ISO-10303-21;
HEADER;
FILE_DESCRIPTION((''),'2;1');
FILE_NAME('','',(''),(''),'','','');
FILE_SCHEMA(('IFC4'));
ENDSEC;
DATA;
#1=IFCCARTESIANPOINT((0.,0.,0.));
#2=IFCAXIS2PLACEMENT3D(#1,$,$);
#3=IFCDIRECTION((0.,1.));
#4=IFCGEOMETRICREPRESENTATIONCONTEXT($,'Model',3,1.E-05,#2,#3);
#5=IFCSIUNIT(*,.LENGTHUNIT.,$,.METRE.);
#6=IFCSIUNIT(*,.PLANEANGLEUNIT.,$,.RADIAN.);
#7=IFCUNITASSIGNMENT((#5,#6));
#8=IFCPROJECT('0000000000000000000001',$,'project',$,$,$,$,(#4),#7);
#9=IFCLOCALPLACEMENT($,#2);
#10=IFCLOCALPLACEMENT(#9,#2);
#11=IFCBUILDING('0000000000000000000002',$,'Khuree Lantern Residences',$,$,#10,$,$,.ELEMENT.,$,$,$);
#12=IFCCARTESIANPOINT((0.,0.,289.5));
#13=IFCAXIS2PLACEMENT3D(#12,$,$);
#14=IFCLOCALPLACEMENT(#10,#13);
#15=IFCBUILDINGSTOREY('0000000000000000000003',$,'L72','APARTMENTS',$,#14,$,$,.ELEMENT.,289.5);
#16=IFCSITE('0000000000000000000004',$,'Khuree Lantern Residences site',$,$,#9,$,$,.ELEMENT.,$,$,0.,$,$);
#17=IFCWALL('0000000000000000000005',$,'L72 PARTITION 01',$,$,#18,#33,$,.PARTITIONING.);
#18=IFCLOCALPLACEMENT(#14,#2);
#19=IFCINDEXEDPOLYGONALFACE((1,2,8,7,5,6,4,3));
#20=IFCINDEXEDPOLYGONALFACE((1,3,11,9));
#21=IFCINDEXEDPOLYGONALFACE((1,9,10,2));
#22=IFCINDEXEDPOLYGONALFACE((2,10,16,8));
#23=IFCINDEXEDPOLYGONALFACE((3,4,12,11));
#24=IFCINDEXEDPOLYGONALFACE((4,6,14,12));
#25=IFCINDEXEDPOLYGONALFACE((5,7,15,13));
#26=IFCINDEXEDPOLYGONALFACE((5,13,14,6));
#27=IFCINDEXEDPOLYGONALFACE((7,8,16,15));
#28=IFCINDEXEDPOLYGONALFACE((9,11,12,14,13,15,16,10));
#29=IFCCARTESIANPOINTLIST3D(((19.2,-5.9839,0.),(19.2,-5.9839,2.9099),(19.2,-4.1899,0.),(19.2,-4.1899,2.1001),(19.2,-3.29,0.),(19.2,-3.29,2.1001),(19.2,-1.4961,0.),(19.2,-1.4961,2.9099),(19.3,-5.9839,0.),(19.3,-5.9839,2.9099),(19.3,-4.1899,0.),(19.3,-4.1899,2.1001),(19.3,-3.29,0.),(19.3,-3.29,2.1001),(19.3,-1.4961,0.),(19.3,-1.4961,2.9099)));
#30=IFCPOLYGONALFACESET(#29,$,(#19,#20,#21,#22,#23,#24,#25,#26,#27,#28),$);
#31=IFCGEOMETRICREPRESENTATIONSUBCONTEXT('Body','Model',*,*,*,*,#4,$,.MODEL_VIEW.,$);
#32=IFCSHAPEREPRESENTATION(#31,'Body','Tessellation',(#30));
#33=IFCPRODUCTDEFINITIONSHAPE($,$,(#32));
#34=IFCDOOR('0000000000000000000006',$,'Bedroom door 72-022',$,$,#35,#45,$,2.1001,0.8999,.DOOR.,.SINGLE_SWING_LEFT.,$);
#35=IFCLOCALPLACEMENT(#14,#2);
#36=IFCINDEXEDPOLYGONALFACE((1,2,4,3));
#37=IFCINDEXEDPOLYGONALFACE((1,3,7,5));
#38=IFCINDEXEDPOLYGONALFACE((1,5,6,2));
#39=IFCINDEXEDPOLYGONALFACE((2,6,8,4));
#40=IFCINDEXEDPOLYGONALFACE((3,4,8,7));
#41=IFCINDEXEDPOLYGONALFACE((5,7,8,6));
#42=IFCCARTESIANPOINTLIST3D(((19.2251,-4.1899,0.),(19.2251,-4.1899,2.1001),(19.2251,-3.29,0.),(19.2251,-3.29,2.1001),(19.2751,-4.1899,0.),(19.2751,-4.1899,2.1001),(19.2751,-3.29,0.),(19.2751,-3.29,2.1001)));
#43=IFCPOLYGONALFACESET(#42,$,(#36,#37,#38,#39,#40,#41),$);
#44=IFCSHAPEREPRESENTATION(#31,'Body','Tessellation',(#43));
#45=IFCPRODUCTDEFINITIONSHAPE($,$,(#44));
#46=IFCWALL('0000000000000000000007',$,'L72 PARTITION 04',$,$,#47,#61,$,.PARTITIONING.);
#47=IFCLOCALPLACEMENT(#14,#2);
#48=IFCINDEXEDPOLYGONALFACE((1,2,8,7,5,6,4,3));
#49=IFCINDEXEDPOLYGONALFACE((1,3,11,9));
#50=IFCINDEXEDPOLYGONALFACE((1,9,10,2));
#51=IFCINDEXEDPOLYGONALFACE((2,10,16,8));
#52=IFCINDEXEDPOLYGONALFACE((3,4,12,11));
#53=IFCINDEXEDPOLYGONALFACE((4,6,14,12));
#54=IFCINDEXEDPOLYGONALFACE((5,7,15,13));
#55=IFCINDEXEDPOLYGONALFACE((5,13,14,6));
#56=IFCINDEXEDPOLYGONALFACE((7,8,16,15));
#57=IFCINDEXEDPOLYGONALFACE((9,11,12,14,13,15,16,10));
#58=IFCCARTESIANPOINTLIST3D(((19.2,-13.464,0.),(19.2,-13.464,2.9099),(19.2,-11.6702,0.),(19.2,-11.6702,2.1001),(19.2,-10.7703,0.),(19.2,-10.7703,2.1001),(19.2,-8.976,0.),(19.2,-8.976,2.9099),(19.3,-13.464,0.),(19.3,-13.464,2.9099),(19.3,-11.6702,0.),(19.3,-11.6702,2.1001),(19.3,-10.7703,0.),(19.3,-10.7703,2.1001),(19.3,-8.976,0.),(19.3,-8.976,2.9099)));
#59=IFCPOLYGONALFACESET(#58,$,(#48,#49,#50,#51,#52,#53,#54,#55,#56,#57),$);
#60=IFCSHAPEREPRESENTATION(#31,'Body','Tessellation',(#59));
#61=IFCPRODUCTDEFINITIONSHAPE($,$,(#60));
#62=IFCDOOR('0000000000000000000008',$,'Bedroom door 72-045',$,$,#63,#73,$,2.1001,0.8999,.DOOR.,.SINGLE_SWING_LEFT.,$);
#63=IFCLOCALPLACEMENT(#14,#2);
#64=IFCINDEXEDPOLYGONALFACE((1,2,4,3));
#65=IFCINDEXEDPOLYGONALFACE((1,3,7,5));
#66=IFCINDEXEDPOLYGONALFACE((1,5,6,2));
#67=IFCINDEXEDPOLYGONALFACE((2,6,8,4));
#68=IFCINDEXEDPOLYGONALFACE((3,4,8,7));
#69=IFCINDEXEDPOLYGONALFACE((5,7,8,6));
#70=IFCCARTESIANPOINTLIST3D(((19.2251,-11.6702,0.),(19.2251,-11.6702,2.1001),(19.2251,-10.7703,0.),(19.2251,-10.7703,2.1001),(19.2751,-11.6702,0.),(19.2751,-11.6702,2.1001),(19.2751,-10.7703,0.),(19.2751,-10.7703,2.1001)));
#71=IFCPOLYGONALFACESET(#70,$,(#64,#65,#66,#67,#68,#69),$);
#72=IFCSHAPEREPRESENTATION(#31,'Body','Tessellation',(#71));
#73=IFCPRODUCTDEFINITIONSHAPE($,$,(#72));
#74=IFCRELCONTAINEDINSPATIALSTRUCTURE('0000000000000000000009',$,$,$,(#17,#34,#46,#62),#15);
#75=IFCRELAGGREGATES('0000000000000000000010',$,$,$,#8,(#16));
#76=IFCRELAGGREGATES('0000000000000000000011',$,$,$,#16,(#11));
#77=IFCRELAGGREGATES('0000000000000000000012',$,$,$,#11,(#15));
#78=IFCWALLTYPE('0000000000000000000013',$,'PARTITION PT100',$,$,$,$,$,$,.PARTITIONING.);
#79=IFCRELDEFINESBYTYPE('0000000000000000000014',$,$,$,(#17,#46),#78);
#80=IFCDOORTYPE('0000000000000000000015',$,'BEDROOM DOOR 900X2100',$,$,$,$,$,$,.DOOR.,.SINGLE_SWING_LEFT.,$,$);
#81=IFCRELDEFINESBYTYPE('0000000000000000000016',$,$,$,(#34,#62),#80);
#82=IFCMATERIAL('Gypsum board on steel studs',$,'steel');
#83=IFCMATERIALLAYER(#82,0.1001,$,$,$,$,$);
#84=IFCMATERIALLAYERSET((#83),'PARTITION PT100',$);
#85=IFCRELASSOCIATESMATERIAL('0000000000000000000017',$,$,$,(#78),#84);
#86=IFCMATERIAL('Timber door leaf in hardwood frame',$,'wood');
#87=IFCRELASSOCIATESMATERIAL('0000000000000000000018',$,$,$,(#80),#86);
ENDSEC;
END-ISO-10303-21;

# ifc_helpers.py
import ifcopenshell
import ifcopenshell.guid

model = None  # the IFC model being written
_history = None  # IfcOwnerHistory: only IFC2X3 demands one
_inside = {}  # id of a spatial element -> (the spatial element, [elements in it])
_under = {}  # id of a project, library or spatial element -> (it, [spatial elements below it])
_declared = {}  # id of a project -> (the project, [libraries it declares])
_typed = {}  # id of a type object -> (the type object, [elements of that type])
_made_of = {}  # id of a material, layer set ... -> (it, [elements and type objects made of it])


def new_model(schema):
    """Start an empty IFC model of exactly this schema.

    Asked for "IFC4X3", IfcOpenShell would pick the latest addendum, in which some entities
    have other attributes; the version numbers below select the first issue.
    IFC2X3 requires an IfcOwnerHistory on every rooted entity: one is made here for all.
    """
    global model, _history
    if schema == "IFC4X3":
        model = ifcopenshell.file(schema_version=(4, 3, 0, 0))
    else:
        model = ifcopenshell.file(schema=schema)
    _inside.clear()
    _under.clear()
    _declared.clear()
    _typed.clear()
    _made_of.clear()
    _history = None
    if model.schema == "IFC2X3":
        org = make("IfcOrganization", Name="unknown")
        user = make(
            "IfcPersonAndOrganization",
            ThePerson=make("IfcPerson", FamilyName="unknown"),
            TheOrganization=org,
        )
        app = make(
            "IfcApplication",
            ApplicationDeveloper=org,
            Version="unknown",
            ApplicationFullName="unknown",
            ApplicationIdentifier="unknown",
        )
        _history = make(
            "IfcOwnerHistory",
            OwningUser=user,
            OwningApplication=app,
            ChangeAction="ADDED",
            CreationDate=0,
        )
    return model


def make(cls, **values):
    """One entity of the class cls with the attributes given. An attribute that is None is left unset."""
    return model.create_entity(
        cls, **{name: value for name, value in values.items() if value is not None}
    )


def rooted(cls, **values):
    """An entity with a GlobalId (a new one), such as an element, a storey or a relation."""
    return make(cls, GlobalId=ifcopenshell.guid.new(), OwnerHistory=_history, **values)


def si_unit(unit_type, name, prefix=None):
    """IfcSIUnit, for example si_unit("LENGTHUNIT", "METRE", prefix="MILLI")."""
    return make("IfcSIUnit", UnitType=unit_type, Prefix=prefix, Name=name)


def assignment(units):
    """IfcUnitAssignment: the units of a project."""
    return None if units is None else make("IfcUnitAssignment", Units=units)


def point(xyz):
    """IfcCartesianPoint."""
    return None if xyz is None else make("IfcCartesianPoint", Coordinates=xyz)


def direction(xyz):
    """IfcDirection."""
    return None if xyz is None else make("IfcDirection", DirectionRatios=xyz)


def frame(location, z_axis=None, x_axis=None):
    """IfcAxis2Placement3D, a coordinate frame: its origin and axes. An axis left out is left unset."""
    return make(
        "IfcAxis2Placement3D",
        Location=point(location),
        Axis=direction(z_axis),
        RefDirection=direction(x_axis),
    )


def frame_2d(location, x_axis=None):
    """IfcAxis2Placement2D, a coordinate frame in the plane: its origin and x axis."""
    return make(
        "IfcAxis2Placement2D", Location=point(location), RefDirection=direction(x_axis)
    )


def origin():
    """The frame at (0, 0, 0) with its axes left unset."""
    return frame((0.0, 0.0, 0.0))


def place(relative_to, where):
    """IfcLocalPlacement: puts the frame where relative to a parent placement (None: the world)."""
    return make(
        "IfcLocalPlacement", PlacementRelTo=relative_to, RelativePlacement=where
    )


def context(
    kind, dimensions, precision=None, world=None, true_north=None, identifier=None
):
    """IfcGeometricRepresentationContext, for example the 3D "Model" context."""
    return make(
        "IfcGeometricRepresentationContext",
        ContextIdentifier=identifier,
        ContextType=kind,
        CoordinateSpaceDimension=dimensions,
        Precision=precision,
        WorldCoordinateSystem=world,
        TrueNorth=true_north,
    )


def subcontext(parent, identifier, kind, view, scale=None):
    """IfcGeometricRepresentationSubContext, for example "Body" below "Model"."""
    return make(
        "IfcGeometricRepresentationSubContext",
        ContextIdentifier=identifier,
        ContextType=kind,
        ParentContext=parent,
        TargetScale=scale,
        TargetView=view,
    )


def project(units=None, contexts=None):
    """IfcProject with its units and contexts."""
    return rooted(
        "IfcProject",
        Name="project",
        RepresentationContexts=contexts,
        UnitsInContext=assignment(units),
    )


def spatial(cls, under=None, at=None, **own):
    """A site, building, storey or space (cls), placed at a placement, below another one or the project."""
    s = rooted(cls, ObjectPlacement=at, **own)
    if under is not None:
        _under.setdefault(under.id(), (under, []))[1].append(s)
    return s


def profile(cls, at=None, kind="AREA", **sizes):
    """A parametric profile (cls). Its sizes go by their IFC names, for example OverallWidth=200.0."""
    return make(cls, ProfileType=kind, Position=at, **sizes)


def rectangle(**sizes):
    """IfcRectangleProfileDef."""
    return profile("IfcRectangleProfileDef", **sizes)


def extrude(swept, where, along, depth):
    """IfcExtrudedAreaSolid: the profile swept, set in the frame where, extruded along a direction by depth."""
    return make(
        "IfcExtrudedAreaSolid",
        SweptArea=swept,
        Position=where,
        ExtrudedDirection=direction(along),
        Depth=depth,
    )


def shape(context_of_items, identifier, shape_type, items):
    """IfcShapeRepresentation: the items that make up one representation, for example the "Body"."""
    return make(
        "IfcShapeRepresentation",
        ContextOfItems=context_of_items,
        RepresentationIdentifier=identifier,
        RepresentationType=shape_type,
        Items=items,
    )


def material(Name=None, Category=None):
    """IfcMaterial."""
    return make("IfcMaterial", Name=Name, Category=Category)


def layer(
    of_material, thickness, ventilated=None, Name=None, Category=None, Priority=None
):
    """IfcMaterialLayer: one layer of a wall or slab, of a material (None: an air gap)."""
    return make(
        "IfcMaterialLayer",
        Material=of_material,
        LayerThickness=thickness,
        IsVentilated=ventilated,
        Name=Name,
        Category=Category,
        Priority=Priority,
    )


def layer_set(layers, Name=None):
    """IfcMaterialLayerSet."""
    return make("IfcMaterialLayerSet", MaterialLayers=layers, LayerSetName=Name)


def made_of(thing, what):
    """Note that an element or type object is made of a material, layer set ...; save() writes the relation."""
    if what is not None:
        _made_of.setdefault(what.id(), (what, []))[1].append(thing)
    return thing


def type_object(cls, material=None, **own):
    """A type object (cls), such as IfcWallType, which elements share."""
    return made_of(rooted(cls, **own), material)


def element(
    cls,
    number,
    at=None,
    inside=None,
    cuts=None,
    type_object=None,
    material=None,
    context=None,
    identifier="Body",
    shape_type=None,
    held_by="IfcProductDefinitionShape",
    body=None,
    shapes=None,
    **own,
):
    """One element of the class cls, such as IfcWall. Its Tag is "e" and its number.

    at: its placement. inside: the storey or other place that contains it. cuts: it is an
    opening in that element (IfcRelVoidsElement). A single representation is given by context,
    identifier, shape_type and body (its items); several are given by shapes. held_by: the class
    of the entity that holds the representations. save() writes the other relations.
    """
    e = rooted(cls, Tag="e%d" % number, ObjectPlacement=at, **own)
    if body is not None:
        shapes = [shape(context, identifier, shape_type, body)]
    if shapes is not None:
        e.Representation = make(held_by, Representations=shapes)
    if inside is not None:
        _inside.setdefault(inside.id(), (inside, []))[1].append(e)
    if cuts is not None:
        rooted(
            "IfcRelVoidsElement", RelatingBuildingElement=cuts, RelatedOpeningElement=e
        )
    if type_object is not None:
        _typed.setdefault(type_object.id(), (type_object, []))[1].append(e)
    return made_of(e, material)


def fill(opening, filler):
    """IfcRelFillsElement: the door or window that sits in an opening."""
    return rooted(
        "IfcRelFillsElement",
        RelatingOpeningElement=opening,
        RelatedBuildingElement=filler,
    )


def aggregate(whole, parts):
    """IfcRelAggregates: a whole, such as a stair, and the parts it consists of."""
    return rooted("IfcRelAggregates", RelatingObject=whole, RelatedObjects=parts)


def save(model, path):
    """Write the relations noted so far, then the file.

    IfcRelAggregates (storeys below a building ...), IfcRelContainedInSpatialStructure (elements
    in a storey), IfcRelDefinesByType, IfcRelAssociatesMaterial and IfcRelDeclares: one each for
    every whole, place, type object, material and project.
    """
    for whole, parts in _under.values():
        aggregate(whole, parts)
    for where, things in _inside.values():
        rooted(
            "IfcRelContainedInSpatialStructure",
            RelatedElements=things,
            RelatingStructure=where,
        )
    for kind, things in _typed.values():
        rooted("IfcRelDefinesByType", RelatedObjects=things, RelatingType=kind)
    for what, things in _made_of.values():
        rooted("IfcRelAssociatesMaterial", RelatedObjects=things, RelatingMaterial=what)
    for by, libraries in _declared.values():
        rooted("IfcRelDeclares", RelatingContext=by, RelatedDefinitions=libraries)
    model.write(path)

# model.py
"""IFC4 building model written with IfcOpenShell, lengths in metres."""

from ifc_helpers import new_model, si_unit, direction, frame, frame_2d, origin, place, context, subcontext, project, spatial, rectangle, extrude, material, layer, layer_set, type_object, element, fill, save


model = new_model("IFC4")

# Units and contexts
model_context = context("Model", 3, precision=1e-05, world=origin(), true_north=direction((0.0, 1.0)))
body_context = subcontext(model_context, "Body", "Model", "MODEL_VIEW")
ifc_project = project(units=[si_unit("LENGTHUNIT", "METRE"), si_unit("PLANEANGLEUNIT", "RADIAN")], contexts=[model_context])

# Site, building, storey
site_placement = place(None, origin())
site = spatial("IfcSite", under=ifc_project, at=site_placement, Name="Khuree Lantern Residences site", CompositionType="ELEMENT", RefElevation=0.0)
building_placement = place(site_placement, origin())
building = spatial("IfcBuilding", under=site, at=building_placement, Name="Khuree Lantern Residences", CompositionType="ELEMENT")
storey_placement = place(building_placement, frame((0.0, 0.0, 289.5)))
storey = spatial("IfcBuildingStorey", under=building, at=storey_placement, Name="L72", Description="APARTMENTS", CompositionType="ELEMENT", Elevation=289.5)

# Shared definitions
ifc_material_1 = material(Name="Gypsum board on steel studs", Category="steel")

# Shared definitions
ifc_material_2 = material(Name="Timber door leaf in hardwood frame", Category="wood")

# Shared definitions
ifc_layer_1 = layer(ifc_material_1, 0.1001)
ifc_layer_set_1 = layer_set([ifc_layer_1], Name="PARTITION PT100")
wall_type_1 = type_object("IfcWallType", Name="PARTITION PT100", PredefinedType="PARTITIONING", material=ifc_layer_set_1)

# Walls, openings, doors
wall_1_placement = place(storey_placement, frame((19.25, -5.9839, 0.0), z_axis=(0.0, 0.0, 1.0), x_axis=(0.0, 1.0, 0.0)))
wall_1 = element("IfcWall", 1, at=wall_1_placement, inside=storey, type_object=wall_type_1, Name="L72 PARTITION 01", PredefinedType="PARTITIONING", context=body_context, shape_type="SweptSolid", body=[
    extrude(rectangle(XDim=4.4878, YDim=0.1001, at=frame_2d((2.2439, 0.0))), origin(), (0.0, 0.0, 1.0), 2.9099),
])
opening_1_placement = place(wall_1_placement, frame((1.7939, 0.0, 0.0)))
opening_1 = element("IfcOpeningElement", 2, at=opening_1_placement, cuts=wall_1, PredefinedType="OPENING", context=body_context, shape_type="SweptSolid", body=[
    extrude(rectangle(XDim=0.8999, YDim=2.1001, at=frame_2d((0.45, 1.05))), frame((0.0, 0.0601, 0.0), z_axis=(0.0, -1.0, 0.0), x_axis=(1.0, 0.0, 0.0)), (0.0, 0.0, 1.0), 0.1201),
])
door_type_1 = type_object("IfcDoorType", Name="BEDROOM DOOR 900X2100", OperationType="SINGLE_SWING_LEFT", PredefinedType="DOOR", material=ifc_material_2)
door_1_placement = place(opening_1_placement, origin())
door_1 = element("IfcDoor", 3, at=door_1_placement, inside=storey, type_object=door_type_1, Name="Bedroom door 72-022", OperationType="SINGLE_SWING_LEFT", OverallHeight=2.1001, OverallWidth=0.8999, PredefinedType="DOOR", context=body_context, shape_type="SweptSolid", body=[
    extrude(rectangle(XDim=0.8999, YDim=2.1001, at=frame_2d((0.45, 1.05))), frame((0.0, 0.0249, 0.0), z_axis=(0.0, -1.0, 0.0), x_axis=(1.0, 0.0, 0.0)), (0.0, 0.0, 1.0), 0.05),
])
fill(opening_1, door_1)
wall_2_placement = place(storey_placement, frame((19.25, -13.4641, 0.0), z_axis=(0.0, 0.0, 1.0), x_axis=(0.0, 1.0, 0.0)))
wall_2 = element("IfcWall", 4, at=wall_2_placement, inside=storey, type_object=wall_type_1, Name="L72 PARTITION 04", PredefinedType="PARTITIONING", context=body_context, shape_type="SweptSolid", body=[
    extrude(rectangle(XDim=4.488, YDim=0.1001, at=frame_2d((2.2441, 0.0))), origin(), (0.0, 0.0, 1.0), 2.9099),
])
opening_2_placement = place(wall_2_placement, frame((1.7939, 0.0, 0.0)))
opening_2 = element("IfcOpeningElement", 5, at=opening_2_placement, cuts=wall_2, PredefinedType="OPENING", context=body_context, shape_type="SweptSolid", body=[
    extrude(rectangle(XDim=0.8999, YDim=2.1001, at=frame_2d((0.45, 1.05))), frame((0.0, 0.0601, 0.0), z_axis=(0.0, -1.0, 0.0), x_axis=(1.0, 0.0, 0.0)), (0.0, 0.0, 1.0), 0.1201),
])
door_2_placement = place(opening_2_placement, origin())
door_2 = element("IfcDoor", 6, at=door_2_placement, inside=storey, type_object=door_type_1, Name="Bedroom door 72-045", OperationType="SINGLE_SWING_LEFT", OverallHeight=2.1001, OverallWidth=0.8999, PredefinedType="DOOR", context=body_context, shape_type="SweptSolid", body=[
    extrude(rectangle(XDim=0.8999, YDim=2.1001, at=frame_2d((0.45, 1.05))), frame((0.0, 0.0249, 0.0), z_axis=(0.0, -1.0, 0.0), x_axis=(1.0, 0.0, 0.0)), (0.0, 0.0, 1.0), 0.05),
])
fill(opening_2, door_2)

save(model, "model.ifc")
